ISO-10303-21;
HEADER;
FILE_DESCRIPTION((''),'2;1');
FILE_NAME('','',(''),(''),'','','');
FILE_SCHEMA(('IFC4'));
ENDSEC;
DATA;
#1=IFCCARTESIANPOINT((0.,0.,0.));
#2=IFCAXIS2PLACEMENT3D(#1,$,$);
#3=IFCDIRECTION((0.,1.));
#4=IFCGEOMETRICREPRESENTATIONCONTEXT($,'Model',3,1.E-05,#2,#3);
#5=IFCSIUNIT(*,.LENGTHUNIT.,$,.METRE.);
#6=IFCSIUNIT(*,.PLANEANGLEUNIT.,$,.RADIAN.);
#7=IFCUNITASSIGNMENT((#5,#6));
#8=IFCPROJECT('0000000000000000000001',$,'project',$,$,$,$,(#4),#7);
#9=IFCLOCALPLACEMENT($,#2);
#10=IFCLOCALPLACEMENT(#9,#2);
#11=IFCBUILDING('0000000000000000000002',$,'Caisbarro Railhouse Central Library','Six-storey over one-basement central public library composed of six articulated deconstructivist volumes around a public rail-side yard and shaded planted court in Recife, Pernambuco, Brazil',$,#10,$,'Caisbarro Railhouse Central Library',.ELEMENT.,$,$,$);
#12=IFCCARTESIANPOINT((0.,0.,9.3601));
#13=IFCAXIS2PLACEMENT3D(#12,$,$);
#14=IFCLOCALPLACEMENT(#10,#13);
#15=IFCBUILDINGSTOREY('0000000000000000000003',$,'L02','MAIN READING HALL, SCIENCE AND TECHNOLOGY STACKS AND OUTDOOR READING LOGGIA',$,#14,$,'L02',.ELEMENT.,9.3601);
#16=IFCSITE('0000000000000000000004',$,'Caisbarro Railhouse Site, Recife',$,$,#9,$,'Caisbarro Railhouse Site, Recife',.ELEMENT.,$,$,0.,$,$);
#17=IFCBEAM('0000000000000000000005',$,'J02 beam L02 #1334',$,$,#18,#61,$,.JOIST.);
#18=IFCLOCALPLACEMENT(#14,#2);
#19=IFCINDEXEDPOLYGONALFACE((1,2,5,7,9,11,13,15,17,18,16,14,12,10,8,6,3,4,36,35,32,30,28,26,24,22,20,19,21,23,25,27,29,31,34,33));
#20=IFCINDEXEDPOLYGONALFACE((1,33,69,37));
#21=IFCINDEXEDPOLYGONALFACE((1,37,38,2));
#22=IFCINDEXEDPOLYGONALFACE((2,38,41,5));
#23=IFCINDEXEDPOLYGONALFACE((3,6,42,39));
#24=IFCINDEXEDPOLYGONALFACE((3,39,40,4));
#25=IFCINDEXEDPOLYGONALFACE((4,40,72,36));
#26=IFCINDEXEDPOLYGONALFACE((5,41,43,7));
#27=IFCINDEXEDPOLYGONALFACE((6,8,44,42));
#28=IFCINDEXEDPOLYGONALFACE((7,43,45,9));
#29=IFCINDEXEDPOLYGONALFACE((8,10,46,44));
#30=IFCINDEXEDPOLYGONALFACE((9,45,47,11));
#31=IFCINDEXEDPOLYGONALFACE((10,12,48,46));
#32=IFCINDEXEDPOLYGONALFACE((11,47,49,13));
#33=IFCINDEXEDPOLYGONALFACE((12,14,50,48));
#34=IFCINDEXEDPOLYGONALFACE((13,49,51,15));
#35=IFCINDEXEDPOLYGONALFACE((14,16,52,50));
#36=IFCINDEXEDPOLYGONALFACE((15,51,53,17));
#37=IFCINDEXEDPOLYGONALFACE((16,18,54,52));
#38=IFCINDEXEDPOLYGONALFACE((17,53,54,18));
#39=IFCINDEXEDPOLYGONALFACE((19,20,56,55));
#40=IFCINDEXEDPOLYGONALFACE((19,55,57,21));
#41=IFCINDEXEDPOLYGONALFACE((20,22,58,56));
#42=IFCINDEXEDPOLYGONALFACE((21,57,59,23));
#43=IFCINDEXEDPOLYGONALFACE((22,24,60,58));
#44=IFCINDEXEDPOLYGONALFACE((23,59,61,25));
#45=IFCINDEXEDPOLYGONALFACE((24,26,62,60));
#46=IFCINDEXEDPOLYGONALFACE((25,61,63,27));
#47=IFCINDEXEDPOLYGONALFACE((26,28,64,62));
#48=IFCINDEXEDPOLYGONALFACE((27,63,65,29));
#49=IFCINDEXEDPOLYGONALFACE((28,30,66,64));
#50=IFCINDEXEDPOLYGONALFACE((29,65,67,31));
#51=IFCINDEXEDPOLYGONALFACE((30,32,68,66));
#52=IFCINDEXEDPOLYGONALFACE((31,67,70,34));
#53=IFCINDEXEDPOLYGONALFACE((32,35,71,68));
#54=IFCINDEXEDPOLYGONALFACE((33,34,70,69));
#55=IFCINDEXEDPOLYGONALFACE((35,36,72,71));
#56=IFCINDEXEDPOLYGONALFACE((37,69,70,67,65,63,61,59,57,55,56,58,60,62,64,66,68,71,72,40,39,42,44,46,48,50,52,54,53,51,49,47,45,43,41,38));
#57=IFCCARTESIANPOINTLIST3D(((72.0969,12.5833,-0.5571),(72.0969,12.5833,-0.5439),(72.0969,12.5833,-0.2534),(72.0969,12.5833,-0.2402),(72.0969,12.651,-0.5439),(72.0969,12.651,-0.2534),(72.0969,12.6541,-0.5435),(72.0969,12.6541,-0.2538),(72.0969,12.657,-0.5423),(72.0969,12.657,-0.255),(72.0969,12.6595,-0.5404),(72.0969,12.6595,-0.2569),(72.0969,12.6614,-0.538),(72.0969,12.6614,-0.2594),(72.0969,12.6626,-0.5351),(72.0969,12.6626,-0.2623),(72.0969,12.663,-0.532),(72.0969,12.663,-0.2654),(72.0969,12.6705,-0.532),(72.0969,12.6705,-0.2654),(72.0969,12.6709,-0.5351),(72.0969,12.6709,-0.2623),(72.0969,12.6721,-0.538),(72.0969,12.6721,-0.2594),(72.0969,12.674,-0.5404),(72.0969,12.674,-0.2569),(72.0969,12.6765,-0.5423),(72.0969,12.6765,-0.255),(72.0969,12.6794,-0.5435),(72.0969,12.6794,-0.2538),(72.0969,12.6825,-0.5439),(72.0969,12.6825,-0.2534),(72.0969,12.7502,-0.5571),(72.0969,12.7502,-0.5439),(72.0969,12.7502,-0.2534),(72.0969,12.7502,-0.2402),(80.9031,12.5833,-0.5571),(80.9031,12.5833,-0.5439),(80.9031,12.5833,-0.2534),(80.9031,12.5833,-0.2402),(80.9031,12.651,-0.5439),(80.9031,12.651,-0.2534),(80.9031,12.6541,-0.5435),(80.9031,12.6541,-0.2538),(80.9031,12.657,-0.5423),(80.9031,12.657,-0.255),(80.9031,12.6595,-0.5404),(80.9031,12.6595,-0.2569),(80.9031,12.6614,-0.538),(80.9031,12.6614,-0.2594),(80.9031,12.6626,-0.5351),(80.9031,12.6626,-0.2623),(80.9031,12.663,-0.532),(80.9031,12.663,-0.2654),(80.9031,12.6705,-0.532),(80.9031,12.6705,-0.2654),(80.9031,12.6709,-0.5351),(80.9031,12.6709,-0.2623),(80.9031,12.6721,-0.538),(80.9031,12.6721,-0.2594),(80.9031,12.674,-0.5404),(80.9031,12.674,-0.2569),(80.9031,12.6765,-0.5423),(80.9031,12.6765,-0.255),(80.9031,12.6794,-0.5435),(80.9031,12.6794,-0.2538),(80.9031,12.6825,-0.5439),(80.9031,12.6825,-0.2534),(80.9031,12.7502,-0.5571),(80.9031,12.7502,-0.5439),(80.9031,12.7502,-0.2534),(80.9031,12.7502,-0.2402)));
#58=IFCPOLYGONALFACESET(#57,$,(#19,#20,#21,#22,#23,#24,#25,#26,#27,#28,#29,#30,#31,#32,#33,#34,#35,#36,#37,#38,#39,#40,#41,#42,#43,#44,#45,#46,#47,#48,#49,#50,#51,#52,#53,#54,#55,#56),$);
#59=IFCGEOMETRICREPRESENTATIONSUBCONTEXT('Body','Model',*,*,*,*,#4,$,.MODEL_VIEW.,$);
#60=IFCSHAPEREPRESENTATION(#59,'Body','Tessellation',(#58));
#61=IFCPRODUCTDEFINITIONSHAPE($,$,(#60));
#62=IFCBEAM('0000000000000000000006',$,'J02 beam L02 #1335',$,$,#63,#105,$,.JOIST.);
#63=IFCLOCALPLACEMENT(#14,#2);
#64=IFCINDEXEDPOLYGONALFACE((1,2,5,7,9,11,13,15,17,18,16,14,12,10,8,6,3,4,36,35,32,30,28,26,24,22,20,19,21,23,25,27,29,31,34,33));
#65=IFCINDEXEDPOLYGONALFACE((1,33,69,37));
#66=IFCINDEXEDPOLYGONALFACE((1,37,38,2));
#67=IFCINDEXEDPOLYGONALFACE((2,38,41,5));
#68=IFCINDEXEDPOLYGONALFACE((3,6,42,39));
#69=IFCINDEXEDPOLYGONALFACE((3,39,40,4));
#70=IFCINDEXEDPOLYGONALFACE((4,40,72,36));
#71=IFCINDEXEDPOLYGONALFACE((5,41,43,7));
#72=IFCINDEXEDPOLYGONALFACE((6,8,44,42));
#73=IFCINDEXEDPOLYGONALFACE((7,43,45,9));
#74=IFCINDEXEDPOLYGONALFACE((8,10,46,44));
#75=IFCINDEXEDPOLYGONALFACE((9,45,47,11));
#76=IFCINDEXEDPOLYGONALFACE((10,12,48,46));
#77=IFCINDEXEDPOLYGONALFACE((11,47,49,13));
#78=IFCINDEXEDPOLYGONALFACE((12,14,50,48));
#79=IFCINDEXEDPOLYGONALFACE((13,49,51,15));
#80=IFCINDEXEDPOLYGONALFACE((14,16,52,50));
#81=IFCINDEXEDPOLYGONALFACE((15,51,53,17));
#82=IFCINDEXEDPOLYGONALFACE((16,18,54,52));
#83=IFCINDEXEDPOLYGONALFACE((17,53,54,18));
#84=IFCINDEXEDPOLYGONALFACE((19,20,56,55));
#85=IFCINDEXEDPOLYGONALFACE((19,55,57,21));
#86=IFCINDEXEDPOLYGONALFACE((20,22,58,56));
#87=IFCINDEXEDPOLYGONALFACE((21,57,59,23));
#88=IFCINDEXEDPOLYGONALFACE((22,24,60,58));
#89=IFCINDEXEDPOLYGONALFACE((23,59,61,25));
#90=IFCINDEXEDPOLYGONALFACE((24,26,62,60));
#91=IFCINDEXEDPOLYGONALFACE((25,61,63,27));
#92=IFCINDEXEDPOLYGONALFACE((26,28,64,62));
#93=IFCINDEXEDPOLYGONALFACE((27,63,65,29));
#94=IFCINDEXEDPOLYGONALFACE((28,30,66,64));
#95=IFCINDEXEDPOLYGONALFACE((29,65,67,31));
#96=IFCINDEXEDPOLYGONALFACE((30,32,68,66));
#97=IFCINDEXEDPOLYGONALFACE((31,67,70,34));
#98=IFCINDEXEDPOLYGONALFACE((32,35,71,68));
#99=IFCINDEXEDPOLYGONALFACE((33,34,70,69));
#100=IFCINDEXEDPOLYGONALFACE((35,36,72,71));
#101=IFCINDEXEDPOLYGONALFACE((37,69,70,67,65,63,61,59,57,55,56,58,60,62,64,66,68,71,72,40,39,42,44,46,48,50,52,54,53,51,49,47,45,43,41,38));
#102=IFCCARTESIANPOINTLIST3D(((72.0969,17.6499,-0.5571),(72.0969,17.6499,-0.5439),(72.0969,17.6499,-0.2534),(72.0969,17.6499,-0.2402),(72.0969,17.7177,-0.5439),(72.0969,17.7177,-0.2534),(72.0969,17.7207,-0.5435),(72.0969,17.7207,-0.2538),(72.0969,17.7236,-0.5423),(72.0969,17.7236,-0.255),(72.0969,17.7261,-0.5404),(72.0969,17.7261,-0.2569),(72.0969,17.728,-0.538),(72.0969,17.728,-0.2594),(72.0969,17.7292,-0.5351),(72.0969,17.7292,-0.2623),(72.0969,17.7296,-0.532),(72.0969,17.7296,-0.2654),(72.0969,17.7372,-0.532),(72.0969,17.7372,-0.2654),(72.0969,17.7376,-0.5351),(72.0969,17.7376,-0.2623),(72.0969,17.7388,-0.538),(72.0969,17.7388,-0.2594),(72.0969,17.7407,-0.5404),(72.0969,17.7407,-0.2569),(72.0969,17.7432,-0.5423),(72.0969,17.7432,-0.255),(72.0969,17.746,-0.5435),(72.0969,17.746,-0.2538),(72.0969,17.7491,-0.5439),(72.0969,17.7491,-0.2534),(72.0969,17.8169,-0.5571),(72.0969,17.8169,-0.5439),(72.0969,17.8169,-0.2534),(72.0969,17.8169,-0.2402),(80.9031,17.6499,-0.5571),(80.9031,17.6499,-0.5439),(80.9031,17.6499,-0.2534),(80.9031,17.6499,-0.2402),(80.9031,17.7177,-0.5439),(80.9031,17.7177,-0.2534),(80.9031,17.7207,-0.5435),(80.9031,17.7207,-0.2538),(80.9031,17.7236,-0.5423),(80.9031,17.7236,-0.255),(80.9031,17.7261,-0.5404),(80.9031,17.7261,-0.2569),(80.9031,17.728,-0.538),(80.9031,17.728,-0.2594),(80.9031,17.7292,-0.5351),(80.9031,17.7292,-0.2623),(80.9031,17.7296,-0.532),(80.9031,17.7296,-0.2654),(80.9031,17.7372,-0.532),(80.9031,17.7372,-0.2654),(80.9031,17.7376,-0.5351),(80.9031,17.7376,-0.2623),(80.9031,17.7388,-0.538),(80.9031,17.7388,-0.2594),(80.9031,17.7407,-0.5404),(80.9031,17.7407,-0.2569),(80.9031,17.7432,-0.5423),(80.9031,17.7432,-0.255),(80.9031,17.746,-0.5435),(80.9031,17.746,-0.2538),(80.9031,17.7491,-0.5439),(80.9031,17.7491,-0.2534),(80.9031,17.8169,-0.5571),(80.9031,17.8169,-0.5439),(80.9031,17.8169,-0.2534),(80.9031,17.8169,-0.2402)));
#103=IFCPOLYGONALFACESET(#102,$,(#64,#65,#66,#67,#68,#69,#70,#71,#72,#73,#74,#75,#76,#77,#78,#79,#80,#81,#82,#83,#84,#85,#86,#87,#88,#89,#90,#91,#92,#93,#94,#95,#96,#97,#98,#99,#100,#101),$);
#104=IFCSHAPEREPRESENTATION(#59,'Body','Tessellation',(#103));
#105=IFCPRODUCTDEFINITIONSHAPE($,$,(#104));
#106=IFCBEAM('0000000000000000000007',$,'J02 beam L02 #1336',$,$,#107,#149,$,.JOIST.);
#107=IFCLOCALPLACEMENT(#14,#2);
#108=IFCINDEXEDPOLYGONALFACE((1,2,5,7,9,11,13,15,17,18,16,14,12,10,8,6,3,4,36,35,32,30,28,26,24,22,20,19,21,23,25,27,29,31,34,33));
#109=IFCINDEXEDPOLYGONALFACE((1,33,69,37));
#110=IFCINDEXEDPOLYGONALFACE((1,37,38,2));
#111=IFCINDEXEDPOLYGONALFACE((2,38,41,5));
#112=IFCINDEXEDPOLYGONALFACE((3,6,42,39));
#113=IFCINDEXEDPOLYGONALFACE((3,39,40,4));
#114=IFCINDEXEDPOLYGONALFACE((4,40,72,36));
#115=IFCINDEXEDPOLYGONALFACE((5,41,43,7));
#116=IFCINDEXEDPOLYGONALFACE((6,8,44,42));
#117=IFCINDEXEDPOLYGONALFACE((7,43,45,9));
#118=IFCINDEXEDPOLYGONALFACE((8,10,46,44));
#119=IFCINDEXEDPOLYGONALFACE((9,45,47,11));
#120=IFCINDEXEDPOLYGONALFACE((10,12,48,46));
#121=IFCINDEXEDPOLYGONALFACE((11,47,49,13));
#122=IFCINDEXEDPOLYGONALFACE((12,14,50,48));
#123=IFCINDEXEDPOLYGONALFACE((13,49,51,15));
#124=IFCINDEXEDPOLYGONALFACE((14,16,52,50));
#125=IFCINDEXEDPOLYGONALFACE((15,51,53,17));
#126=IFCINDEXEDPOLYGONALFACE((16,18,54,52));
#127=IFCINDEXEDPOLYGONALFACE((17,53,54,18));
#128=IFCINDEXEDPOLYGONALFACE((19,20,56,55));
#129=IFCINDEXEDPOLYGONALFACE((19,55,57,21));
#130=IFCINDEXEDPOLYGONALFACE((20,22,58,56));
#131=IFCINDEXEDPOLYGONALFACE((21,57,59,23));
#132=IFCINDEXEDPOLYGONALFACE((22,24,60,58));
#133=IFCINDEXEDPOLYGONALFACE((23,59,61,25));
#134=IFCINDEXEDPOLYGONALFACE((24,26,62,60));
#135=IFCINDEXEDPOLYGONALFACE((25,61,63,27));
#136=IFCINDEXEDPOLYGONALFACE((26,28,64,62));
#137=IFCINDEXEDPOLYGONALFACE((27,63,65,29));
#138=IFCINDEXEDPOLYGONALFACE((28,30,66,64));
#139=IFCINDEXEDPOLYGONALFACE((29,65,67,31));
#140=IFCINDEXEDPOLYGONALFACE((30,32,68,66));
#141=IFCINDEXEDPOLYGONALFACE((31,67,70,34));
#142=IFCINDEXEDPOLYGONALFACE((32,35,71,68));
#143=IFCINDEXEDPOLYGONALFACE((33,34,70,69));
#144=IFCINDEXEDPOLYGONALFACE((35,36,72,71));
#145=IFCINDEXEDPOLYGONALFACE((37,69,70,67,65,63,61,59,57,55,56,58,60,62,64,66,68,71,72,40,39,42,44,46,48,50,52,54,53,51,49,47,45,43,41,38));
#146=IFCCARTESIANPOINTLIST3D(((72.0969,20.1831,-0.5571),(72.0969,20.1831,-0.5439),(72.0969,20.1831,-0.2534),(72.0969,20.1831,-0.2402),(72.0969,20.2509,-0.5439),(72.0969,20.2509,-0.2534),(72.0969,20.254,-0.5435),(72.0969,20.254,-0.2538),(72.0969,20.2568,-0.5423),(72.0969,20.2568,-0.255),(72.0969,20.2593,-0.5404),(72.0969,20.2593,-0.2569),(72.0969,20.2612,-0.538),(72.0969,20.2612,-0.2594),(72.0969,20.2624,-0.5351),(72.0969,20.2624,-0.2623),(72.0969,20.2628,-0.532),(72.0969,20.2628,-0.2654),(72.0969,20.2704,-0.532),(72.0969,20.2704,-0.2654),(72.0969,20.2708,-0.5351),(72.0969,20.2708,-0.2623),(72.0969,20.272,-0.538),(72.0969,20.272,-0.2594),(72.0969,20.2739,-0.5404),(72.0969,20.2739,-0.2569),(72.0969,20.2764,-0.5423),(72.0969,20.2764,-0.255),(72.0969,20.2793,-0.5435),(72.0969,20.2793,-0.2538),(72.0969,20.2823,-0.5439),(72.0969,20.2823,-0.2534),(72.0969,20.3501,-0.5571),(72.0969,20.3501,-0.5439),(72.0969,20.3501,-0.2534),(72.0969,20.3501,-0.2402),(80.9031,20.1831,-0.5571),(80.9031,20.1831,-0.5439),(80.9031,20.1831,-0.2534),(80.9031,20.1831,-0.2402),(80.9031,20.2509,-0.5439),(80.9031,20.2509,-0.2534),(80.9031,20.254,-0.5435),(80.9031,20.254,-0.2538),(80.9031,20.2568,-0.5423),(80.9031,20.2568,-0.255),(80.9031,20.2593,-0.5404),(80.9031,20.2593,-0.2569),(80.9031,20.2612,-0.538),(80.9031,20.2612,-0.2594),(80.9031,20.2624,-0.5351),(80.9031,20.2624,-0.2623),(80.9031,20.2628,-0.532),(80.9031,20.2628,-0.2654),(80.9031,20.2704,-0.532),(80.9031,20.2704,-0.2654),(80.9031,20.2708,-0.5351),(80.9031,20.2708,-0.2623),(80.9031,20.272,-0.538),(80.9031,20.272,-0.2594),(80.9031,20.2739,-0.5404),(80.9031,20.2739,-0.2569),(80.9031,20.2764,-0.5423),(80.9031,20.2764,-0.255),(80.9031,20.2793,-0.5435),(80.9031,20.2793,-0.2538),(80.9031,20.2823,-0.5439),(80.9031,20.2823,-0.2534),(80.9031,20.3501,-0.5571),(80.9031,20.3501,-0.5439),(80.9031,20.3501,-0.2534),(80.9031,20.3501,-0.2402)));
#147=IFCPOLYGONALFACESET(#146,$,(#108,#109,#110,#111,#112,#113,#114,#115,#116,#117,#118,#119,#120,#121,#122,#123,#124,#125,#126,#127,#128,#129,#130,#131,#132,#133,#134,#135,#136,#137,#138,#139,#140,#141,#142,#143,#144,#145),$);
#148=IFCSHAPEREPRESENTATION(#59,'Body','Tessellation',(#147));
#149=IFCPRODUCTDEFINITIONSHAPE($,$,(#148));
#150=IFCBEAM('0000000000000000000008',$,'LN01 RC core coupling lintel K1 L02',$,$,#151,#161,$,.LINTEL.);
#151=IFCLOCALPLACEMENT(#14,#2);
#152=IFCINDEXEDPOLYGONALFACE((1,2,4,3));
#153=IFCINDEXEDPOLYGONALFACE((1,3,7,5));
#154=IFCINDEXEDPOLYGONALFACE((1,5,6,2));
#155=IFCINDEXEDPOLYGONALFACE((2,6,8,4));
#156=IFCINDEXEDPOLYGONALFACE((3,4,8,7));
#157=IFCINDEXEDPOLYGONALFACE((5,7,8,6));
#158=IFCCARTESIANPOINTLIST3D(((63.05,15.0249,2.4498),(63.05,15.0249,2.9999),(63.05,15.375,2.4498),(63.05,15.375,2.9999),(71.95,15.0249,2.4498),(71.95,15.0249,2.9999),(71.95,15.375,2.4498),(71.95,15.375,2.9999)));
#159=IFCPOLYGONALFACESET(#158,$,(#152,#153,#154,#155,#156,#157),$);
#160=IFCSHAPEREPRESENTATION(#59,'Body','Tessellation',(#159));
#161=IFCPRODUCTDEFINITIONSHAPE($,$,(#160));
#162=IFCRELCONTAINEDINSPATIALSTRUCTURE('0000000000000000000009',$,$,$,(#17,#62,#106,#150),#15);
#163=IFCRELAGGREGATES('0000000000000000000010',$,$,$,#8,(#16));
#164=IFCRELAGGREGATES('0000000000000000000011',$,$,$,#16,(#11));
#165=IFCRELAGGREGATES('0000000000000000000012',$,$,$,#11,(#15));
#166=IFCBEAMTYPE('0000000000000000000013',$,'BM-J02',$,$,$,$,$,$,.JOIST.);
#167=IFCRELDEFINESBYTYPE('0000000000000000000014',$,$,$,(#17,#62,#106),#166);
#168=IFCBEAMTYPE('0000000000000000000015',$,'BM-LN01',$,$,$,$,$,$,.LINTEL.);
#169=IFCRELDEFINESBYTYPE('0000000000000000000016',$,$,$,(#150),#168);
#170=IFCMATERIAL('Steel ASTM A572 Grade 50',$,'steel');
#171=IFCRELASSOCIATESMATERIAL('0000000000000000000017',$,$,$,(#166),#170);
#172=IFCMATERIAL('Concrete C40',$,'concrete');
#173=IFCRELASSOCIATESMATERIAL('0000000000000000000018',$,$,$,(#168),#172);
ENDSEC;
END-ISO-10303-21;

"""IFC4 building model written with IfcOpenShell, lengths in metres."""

from ifc_helpers import new_model, si_unit, direction, frame, origin, origin_2d, place, context, subcontext, project, spatial, rectangle, i_section, extrude, material, material_profile, profile_set, type_object, element, save


model = new_model("IFC4")

# Units and contexts
model_context = context("Model", 3, precision=1e-05, world=origin(), true_north=direction((0.0, 1.0)))
body_context = subcontext(model_context, "Body", "Model", "MODEL_VIEW")
ifc_project = project(units=[si_unit("LENGTHUNIT", "METRE"), si_unit("PLANEANGLEUNIT", "RADIAN")], contexts=[model_context])

# Site, building, storey
site_placement = place(None, origin())
site = spatial("IfcSite", under=ifc_project, at=site_placement, Name="Caisbarro Railhouse Site, Recife", LongName="Caisbarro Railhouse Site, Recife", CompositionType="ELEMENT", RefElevation=0.0)
building_placement = place(site_placement, origin())
building = spatial("IfcBuilding", under=site, at=building_placement, Name="Caisbarro Railhouse Central Library", Description="Six-storey over one-basement central public library composed of six articulated deconstructivist volumes around a public rail-side yard and shaded planted court in Recife, Pernambuco, Brazil", LongName="Caisbarro Railhouse Central Library", CompositionType="ELEMENT")
storey_placement = place(building_placement, frame((0.0, 0.0, 9.3601)))
storey = spatial("IfcBuildingStorey", under=building, at=storey_placement, Name="L02", Description="MAIN READING HALL, SCIENCE AND TECHNOLOGY STACKS AND OUTDOOR READING LOGGIA", LongName="L02", CompositionType="ELEMENT", Elevation=9.3601)

# Shared definitions
ifc_material_1 = material(Name="Steel ASTM A572 Grade 50", Category="steel")

# Beams
ifc_material_profile_1 = material_profile(ifc_material_1, i_section(OverallWidth=0.167, OverallDepth=0.3169, WebThickness=0.0076, FlangeThickness=0.0132, FilletRadius=0.012, at=origin_2d()), Name="W310X52.0")
ifc_profile_set_1 = profile_set([ifc_material_profile_1], Name="Steel ASTM A572 Grade 50")
beam_type_1 = type_object("IfcBeamType", Name="BM-J02", PredefinedType="JOIST", material=ifc_profile_set_1)
for number, where, z_axis, x_axis, name in (
    (1, (72.0969, 12.6667, -0.3987), (1.0, 0.0, 0.0), (0.0, 1.0, 0.0), "J02 beam L02 #1334"),
    (2, (72.0969, 17.7334, -0.3987), (1.0, 0.0, 0.0), (0.0, 1.0, 0.0), "J02 beam L02 #1335"),
    (3, (72.0969, 20.2666, -0.3987), (1.0, 0.0, 0.0), (0.0, 1.0, 0.0), "J02 beam L02 #1336"),
):
    element("IfcBeam", number, at=place(storey_placement, frame(where, z_axis=z_axis, x_axis=x_axis)), inside=storey, type_object=beam_type_1, Name=name, PredefinedType="JOIST", context=body_context, shape_type="SweptSolid", body=[
        extrude(i_section(OverallWidth=0.167, OverallDepth=0.3169, WebThickness=0.0076, FlangeThickness=0.0132, FilletRadius=0.012, at=origin_2d()), origin(), (0.0, 0.0, 1.0), 8.8062),
    ])
ifc_material_2 = material(Name="Concrete C40", Category="concrete")
ifc_material_profile_2 = material_profile(ifc_material_2, rectangle(XDim=0.3501, YDim=0.55, at=origin_2d()), Name="RC-LIN-350X550")
ifc_profile_set_2 = profile_set([ifc_material_profile_2], Name="Concrete C40")
beam_type_2 = type_object("IfcBeamType", Name="BM-LN01", PredefinedType="LINTEL", material=ifc_profile_set_2)
beam_1_placement = place(storey_placement, frame((63.05, 15.2, 2.7249), z_axis=(1.0, 0.0, 0.0), x_axis=(0.0, 1.0, 0.0)))
element("IfcBeam", 4, at=beam_1_placement, inside=storey, type_object=beam_type_2, Name="LN01 RC core coupling lintel K1 L02", PredefinedType="LINTEL", context=body_context, shape_type="SweptSolid", body=[
    extrude(rectangle(XDim=0.3501, YDim=0.55, at=origin_2d()), origin(), (0.0, 0.0, 1.0), 8.8999),
])

save(model, "model.ifc")
